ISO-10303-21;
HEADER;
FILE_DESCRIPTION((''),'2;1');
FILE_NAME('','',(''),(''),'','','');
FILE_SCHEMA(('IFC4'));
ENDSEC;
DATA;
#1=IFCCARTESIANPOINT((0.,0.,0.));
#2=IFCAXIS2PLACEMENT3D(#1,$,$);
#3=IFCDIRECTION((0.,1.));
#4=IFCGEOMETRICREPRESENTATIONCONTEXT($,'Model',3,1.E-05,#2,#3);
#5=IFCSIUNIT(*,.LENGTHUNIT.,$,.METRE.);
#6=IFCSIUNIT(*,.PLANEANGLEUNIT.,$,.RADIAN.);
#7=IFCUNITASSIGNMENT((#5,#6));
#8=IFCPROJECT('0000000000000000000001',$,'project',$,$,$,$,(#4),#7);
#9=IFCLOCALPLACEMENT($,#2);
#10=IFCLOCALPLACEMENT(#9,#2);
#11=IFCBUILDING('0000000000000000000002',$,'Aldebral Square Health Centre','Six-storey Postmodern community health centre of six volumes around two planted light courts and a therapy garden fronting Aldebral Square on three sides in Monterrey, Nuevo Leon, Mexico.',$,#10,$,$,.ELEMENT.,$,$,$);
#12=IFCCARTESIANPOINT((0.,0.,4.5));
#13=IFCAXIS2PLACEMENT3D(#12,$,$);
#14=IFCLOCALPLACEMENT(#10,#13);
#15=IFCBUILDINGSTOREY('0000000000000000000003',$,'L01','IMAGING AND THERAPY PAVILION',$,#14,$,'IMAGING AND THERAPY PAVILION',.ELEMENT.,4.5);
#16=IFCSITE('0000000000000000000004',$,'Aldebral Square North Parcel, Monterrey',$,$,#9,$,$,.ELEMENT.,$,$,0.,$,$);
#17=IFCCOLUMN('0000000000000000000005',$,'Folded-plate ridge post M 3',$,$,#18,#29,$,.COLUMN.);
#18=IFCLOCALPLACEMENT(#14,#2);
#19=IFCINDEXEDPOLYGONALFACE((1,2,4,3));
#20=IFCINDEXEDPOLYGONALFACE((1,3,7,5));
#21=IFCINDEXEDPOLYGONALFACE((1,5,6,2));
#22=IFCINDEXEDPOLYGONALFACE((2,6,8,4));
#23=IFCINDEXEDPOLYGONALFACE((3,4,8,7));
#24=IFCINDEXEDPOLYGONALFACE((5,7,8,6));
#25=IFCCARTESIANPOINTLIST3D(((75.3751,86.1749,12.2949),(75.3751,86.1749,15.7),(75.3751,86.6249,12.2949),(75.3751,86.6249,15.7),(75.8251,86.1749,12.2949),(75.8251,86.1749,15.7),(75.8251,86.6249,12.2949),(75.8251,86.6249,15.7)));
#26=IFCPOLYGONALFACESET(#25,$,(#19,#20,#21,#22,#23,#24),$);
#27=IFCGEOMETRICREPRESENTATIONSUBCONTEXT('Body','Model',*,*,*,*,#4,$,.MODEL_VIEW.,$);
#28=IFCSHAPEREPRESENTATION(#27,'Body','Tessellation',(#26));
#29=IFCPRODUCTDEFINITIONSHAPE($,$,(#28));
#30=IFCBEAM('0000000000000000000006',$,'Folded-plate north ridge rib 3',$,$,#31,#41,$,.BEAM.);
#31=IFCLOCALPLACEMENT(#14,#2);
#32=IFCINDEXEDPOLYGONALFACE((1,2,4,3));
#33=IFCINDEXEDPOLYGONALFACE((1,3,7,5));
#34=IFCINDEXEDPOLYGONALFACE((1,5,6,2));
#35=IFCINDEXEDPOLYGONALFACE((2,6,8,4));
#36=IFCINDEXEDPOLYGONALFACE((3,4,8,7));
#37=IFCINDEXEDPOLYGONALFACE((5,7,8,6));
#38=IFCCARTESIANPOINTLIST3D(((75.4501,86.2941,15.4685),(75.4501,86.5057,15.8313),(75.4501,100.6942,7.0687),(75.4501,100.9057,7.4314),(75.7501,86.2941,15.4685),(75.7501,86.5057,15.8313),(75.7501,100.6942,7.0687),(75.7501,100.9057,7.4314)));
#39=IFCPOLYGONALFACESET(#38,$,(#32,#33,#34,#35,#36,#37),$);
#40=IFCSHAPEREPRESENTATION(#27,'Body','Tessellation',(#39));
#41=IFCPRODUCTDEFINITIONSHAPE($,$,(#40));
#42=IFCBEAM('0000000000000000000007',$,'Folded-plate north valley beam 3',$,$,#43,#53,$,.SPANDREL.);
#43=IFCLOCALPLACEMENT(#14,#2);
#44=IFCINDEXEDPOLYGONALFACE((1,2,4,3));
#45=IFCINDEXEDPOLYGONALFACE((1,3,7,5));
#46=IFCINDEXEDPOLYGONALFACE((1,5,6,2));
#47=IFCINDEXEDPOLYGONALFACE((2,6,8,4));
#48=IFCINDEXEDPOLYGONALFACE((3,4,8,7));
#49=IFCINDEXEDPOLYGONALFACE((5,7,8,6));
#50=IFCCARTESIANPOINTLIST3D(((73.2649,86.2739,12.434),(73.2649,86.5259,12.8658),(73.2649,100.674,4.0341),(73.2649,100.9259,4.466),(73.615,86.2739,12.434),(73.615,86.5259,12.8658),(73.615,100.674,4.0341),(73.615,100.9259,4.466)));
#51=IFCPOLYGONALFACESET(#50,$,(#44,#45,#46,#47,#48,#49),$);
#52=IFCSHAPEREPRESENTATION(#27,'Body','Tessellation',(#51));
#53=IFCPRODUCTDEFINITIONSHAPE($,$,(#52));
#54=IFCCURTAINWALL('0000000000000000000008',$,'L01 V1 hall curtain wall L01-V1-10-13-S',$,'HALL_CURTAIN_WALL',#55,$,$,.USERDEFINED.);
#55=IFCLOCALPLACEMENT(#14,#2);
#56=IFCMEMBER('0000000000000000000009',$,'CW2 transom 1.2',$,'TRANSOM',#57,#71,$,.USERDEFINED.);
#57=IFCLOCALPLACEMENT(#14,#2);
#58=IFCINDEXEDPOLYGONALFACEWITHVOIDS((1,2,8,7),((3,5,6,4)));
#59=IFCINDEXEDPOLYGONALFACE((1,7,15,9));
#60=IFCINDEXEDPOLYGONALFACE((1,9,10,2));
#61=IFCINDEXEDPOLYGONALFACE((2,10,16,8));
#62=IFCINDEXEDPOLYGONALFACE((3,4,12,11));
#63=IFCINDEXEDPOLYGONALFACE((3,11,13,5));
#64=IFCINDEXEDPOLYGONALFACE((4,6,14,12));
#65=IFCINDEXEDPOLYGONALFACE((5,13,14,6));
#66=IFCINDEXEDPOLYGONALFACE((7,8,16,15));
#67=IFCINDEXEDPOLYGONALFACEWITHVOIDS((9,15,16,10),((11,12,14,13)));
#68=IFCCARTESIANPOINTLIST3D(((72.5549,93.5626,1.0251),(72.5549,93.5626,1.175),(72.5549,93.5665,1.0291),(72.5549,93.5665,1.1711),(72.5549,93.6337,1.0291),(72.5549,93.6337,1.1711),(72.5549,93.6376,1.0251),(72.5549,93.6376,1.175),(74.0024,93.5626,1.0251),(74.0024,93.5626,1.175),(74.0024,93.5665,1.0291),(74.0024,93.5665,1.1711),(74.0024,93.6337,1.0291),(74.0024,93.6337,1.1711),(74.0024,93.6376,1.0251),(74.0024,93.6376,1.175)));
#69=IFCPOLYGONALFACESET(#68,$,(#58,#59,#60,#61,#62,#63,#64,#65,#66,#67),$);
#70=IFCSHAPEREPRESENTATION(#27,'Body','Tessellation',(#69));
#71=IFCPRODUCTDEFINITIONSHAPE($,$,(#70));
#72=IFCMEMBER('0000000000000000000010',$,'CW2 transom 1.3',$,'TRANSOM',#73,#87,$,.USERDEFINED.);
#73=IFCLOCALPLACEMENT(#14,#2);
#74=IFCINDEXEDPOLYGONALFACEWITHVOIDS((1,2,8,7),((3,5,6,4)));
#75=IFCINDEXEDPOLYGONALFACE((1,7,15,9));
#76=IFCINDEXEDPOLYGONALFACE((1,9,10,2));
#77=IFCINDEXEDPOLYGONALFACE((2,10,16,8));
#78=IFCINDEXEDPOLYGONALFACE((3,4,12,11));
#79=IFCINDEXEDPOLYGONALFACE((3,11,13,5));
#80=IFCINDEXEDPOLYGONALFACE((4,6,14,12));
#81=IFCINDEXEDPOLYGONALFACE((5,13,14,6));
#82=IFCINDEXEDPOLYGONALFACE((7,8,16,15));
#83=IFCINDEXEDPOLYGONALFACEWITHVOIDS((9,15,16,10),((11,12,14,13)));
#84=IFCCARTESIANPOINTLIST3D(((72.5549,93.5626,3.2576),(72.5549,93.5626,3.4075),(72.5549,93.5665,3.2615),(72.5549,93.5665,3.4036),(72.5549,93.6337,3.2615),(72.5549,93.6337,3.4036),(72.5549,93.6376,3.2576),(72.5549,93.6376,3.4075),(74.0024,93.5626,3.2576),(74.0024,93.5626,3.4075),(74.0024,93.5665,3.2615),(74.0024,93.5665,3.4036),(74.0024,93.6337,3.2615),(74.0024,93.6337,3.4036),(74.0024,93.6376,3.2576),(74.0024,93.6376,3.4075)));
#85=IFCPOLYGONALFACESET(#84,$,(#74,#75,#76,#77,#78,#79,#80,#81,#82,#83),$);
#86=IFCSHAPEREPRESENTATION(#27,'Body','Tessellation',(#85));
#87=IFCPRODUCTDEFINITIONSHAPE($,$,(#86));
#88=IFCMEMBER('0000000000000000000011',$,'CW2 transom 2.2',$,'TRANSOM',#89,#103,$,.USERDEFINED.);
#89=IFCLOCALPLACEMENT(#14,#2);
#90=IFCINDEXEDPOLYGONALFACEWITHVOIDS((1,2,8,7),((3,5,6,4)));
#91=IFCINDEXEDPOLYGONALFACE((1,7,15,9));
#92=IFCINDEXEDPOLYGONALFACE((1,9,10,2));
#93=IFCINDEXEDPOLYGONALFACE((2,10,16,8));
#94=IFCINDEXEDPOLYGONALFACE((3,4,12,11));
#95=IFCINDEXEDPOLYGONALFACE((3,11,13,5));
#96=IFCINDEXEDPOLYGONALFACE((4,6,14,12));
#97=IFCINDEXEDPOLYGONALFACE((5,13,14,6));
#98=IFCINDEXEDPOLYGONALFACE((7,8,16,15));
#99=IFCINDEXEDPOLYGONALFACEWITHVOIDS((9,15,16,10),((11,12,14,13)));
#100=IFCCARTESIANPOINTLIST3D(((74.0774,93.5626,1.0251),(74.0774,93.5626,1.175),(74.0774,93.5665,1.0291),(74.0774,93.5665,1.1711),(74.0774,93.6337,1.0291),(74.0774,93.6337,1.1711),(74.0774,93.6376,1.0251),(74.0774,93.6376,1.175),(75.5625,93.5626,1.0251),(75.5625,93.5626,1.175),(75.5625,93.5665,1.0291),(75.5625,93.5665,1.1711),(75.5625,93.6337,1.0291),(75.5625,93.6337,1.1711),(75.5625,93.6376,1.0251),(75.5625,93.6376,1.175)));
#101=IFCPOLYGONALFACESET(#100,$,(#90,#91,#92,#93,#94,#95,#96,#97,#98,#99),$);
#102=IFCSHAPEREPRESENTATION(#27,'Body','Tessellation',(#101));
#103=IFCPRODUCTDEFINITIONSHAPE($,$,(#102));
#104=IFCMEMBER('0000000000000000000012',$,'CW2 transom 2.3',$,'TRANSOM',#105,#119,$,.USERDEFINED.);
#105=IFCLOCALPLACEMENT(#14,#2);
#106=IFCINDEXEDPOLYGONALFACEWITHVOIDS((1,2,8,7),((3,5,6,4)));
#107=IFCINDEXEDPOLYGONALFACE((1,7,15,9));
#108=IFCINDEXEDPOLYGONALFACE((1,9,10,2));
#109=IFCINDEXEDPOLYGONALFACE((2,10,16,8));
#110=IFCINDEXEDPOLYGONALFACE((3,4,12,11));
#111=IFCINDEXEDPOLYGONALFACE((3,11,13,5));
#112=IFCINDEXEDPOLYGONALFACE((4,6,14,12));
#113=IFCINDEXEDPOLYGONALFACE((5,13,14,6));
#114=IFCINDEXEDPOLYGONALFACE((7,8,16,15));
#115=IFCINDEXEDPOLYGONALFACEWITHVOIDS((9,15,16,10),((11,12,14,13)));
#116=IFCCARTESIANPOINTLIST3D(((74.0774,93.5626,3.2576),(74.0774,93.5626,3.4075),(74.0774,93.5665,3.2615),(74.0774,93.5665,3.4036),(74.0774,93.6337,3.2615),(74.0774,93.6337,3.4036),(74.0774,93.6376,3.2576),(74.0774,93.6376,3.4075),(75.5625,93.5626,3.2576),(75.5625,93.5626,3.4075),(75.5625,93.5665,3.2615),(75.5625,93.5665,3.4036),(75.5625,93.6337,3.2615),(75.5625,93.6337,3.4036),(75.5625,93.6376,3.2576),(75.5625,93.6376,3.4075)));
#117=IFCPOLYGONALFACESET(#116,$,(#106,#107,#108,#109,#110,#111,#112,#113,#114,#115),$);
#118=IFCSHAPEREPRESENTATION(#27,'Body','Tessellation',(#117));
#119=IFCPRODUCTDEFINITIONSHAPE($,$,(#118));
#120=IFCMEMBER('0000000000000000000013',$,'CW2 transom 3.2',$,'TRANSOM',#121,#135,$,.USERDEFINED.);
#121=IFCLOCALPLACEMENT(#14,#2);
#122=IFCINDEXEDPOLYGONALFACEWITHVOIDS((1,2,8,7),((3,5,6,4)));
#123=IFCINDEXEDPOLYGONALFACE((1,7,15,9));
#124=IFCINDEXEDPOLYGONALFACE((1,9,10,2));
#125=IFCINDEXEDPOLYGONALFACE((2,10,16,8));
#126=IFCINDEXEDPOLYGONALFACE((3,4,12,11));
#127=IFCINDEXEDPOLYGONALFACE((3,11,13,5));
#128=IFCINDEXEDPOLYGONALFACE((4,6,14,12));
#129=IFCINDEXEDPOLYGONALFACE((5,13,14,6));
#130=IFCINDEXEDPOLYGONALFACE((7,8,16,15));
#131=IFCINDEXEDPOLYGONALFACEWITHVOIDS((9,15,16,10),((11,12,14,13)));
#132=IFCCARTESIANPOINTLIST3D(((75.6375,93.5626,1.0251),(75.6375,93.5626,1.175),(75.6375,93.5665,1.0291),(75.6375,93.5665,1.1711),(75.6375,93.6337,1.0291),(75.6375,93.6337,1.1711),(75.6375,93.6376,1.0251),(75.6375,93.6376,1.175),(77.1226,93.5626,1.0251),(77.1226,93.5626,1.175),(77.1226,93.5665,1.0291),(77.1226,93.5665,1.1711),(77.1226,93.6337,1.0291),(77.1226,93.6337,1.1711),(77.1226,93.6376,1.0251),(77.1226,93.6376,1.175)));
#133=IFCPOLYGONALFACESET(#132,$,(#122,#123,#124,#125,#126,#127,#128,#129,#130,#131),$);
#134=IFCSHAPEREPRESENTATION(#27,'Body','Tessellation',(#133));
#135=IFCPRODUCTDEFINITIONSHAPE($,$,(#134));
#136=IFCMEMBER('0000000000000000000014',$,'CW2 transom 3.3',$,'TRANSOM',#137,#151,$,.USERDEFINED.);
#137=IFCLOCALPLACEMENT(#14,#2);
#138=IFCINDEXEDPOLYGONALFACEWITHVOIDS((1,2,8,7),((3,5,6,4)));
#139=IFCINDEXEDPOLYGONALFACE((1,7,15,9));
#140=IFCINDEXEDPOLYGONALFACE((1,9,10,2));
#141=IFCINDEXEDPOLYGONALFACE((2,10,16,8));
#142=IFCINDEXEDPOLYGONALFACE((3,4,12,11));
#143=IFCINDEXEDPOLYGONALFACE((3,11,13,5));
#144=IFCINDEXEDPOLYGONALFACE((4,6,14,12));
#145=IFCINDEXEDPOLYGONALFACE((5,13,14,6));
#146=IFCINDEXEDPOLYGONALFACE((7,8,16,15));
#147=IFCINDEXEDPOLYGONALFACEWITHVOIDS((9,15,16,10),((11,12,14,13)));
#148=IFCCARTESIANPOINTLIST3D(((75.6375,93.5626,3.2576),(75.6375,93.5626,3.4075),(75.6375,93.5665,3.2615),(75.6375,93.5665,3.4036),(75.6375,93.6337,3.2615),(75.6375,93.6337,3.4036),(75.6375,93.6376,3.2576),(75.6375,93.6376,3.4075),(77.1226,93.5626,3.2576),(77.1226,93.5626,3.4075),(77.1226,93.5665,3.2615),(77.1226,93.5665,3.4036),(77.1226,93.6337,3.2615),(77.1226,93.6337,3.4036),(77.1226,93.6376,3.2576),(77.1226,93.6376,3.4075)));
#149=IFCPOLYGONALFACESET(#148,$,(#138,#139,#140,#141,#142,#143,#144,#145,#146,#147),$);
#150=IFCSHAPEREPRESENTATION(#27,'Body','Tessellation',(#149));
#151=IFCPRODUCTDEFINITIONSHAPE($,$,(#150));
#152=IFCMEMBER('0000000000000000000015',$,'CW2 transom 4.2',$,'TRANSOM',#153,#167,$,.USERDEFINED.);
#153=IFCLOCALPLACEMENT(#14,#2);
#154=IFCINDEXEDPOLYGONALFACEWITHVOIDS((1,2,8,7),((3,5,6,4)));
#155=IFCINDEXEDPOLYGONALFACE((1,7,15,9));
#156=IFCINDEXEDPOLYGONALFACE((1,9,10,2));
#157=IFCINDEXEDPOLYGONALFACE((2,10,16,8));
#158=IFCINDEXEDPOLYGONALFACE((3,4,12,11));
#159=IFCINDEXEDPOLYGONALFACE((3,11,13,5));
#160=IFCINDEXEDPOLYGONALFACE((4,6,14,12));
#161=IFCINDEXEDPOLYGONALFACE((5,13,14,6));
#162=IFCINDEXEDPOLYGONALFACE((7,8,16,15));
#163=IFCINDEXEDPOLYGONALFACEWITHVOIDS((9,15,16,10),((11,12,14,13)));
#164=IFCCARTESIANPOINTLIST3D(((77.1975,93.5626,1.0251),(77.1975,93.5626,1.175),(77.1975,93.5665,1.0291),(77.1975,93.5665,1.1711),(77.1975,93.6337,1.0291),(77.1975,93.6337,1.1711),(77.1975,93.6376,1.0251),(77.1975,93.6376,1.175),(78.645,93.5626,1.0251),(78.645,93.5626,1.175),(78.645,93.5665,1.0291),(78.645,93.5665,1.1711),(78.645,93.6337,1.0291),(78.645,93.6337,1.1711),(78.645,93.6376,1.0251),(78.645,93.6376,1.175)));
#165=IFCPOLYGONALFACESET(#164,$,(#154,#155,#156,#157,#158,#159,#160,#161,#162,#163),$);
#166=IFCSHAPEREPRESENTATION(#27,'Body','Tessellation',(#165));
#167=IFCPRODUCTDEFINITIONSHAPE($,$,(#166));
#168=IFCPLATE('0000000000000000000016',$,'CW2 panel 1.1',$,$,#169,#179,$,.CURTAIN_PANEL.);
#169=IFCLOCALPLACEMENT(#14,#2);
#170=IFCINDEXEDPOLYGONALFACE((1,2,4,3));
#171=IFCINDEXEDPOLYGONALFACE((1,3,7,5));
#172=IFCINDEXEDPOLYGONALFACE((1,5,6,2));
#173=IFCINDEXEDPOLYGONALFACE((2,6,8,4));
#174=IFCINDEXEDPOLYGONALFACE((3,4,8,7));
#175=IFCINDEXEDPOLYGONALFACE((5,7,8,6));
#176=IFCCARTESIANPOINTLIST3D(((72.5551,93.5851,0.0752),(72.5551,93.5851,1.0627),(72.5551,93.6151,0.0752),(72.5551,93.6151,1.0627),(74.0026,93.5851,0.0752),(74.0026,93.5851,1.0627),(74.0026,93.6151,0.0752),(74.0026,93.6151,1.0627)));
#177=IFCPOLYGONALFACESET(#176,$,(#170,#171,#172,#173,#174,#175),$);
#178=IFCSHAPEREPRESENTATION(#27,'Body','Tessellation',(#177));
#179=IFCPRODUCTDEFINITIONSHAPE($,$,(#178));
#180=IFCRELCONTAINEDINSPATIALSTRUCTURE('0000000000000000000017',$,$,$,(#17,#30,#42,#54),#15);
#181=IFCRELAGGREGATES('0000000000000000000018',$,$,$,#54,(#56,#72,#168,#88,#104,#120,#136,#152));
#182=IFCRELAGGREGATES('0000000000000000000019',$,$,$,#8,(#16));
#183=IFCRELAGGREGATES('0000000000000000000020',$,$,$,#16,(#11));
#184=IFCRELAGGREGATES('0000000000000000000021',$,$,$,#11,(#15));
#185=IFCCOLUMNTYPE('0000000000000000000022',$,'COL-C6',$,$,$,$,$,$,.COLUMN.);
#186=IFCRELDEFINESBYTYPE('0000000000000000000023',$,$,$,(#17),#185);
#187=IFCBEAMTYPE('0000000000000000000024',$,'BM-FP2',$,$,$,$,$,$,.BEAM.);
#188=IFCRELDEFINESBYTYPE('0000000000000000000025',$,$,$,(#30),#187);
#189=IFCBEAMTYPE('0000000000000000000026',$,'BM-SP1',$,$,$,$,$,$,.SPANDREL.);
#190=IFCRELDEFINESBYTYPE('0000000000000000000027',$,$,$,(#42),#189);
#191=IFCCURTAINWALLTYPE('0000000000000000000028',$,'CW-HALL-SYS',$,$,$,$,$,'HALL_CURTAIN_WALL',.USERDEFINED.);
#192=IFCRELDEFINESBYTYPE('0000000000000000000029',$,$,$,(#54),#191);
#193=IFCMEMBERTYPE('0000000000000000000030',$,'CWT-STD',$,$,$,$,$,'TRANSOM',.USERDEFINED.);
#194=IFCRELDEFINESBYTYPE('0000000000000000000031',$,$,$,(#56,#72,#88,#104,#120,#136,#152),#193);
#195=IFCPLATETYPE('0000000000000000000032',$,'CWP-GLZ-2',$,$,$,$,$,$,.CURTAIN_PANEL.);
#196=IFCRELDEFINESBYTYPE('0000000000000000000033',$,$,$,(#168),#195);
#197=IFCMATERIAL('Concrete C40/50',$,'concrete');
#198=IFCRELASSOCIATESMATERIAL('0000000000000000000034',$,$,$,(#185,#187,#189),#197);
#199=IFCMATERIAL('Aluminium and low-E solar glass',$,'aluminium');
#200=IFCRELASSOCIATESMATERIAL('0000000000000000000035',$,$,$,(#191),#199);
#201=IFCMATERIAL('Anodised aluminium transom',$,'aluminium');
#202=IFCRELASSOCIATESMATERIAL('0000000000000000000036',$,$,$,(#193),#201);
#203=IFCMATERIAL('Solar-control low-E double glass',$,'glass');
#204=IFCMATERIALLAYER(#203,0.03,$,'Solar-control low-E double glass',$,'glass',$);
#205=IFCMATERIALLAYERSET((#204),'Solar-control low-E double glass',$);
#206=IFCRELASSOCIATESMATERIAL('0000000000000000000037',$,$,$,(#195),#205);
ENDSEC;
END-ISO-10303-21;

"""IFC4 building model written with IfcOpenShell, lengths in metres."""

from ifc_helpers import new_model, si_unit, direction, frame, origin, origin_2d, place, context, subcontext, project, spatial, rectangle, hollow_rectangle, extrude, material, layer, layer_set, material_profile, profile_set, type_object, element, aggregate, save


model = new_model("IFC4")

# Units and contexts
model_context = context("Model", 3, precision=1e-05, world=origin(), true_north=direction((0.0, 1.0)))
body_context = subcontext(model_context, "Body", "Model", "MODEL_VIEW")
ifc_project = project(units=[si_unit("LENGTHUNIT", "METRE"), si_unit("PLANEANGLEUNIT", "RADIAN")], contexts=[model_context])

# Site, building, storey
site_placement = place(None, origin())
site = spatial("IfcSite", under=ifc_project, at=site_placement, Name="Aldebral Square North Parcel, Monterrey", CompositionType="ELEMENT", RefElevation=0.0)
building_placement = place(site_placement, origin())
building = spatial("IfcBuilding", under=site, at=building_placement, Name="Aldebral Square Health Centre", Description="Six-storey Postmodern community health centre of six volumes around two planted light courts and a therapy garden fronting Aldebral Square on three sides in Monterrey, Nuevo Leon, Mexico.", CompositionType="ELEMENT")
storey_placement = place(building_placement, frame((0.0, 0.0, 4.5)))
storey = spatial("IfcBuildingStorey", under=building, at=storey_placement, Name="L01", Description="IMAGING AND THERAPY PAVILION", LongName="IMAGING AND THERAPY PAVILION", CompositionType="ELEMENT", Elevation=4.5)

# Column
ifc_material_1 = material(Name="Concrete C40/50", Category="concrete")
ifc_material_profile_1 = material_profile(ifc_material_1, rectangle(XDim=0.45, YDim=0.45, at=origin_2d()), Name="RC 450x450")
ifc_profile_set_1 = profile_set([ifc_material_profile_1], Name="Concrete C40/50")
column_type = type_object("IfcColumnType", Name="COL-C6", PredefinedType="COLUMN", material=ifc_profile_set_1)
column_placement = place(storey_placement, frame((75.6001, 86.3999, 12.2949), z_axis=(0.0, 0.0, 1.0), x_axis=(1.0, 0.0, 0.0)))
element("IfcColumn", 1, at=column_placement, inside=storey, type_object=column_type, Name="Folded-plate ridge post M 3", PredefinedType="COLUMN", context=body_context, shape_type="SweptSolid", body=[
    extrude(rectangle(XDim=0.45, YDim=0.45, at=origin_2d()), origin(), (0.0, 0.0, 1.0), 3.405),
])

# Beams
ifc_material_profile_2 = material_profile(ifc_material_1, rectangle(XDim=0.3, YDim=0.4199, at=origin_2d()), Name="RC 300x420")
ifc_profile_set_2 = profile_set([ifc_material_profile_2], Name="Concrete C40/50")
beam_type_1 = type_object("IfcBeamType", Name="BM-FP2", PredefinedType="BEAM", material=ifc_profile_set_2)
beam_1_placement = place(storey_placement, frame((75.6001, 86.3999, 15.6499), z_axis=(0.0, 0.863784, -0.503863), x_axis=(-1.0, 0.0, 0.0)))
element("IfcBeam", 2, at=beam_1_placement, inside=storey, type_object=beam_type_1, Name="Folded-plate north ridge rib 3", PredefinedType="BEAM", context=body_context, shape_type="SweptSolid", body=[
    extrude(rectangle(XDim=0.3, YDim=0.4199, at=origin_2d()), origin(), (0.0, 0.0, 1.0), 16.6709),
])
ifc_material_profile_3 = material_profile(ifc_material_1, rectangle(XDim=0.3501, YDim=0.5, at=origin_2d()), Name="RC 350x500")
ifc_profile_set_3 = profile_set([ifc_material_profile_3], Name="Concrete C40/50")
beam_type_2 = type_object("IfcBeamType", Name="BM-SP1", PredefinedType="SPANDREL", material=ifc_profile_set_3)
beam_2_placement = place(storey_placement, frame((73.4399, 86.3999, 12.6499), z_axis=(0.0, 0.863784, -0.503863), x_axis=(-1.0, 0.0, 0.0)))
element("IfcBeam", 3, at=beam_2_placement, inside=storey, type_object=beam_type_2, Name="Folded-plate north valley beam 3", PredefinedType="SPANDREL", context=body_context, shape_type="SweptSolid", body=[
    extrude(rectangle(XDim=0.3501, YDim=0.5, at=origin_2d()), origin(), (0.0, 0.0, 1.0), 16.6709),
])

# Curtain wall, members, plate
ifc_material_2 = material(Name="Aluminium and low-E solar glass", Category="aluminium")
curtain_wall_type = type_object("IfcCurtainWallType", Name="CW-HALL-SYS", ElementType="HALL_CURTAIN_WALL", PredefinedType="USERDEFINED", material=ifc_material_2)
curtain_wall_placement = place(storey_placement, origin())
curtain_wall = element("IfcCurtainWall", 4, at=curtain_wall_placement, inside=storey, type_object=curtain_wall_type, Name="L01 V1 hall curtain wall L01-V1-10-13-S", ObjectType="HALL_CURTAIN_WALL", PredefinedType="USERDEFINED")
ifc_material_3 = material(Name="Anodised aluminium transom", Category="aluminium")
ifc_material_profile_4 = material_profile(ifc_material_3, hollow_rectangle(XDim=0.075, YDim=0.1499, WallThickness=0.0039, at=origin_2d()), Name="CWT 75x150x4")
ifc_profile_set_4 = profile_set([ifc_material_profile_4], Name="Anodised aluminium transom")
member_type = type_object("IfcMemberType", Name="CWT-STD", ElementType="TRANSOM", PredefinedType="USERDEFINED", material=ifc_profile_set_4)
member_1_placement = place(storey_placement, frame((72.5549, 93.6001, 1.1001), z_axis=(1.0, 0.0, 0.0), x_axis=(0.0, 1.0, 0.0)))
member_1 = element("IfcMember", 5, at=member_1_placement, type_object=member_type, Name="CW2 transom 1.2", ObjectType="TRANSOM", PredefinedType="USERDEFINED", context=body_context, shape_type="SweptSolid", body=[
    extrude(hollow_rectangle(XDim=0.075, YDim=0.1499, WallThickness=0.0039, at=origin_2d()), origin(), (0.0, 0.0, 1.0), 1.4475),
])
member_2_placement = place(storey_placement, frame((72.5549, 93.6001, 3.3325), z_axis=(1.0, 0.0, 0.0), x_axis=(0.0, 1.0, 0.0)))
member_2 = element("IfcMember", 6, at=member_2_placement, type_object=member_type, Name="CW2 transom 1.3", ObjectType="TRANSOM", PredefinedType="USERDEFINED", context=body_context, shape_type="SweptSolid", body=[
    extrude(hollow_rectangle(XDim=0.075, YDim=0.1499, WallThickness=0.0039, at=origin_2d()), origin(), (0.0, 0.0, 1.0), 1.4475),
])
member_3_placement = place(storey_placement, frame((74.0774, 93.6001, 1.1001), z_axis=(1.0, 0.0, 0.0), x_axis=(0.0, 1.0, 0.0)))
member_3 = element("IfcMember", 7, at=member_3_placement, type_object=member_type, Name="CW2 transom 2.2", ObjectType="TRANSOM", PredefinedType="USERDEFINED", context=body_context, shape_type="SweptSolid", body=[
    extrude(hollow_rectangle(XDim=0.075, YDim=0.1499, WallThickness=0.0039, at=origin_2d()), origin(), (0.0, 0.0, 1.0), 1.4851),
])
member_4_placement = place(storey_placement, frame((74.0774, 93.6001, 3.3325), z_axis=(1.0, 0.0, 0.0), x_axis=(0.0, 1.0, 0.0)))
member_4 = element("IfcMember", 8, at=member_4_placement, type_object=member_type, Name="CW2 transom 2.3", ObjectType="TRANSOM", PredefinedType="USERDEFINED", context=body_context, shape_type="SweptSolid", body=[
    extrude(hollow_rectangle(XDim=0.075, YDim=0.1499, WallThickness=0.0039, at=origin_2d()), origin(), (0.0, 0.0, 1.0), 1.4851),
])
member_5_placement = place(storey_placement, frame((75.6375, 93.6001, 1.1001), z_axis=(1.0, 0.0, 0.0), x_axis=(0.0, 1.0, 0.0)))
member_5 = element("IfcMember", 9, at=member_5_placement, type_object=member_type, Name="CW2 transom 3.2", ObjectType="TRANSOM", PredefinedType="USERDEFINED", context=body_context, shape_type="SweptSolid", body=[
    extrude(hollow_rectangle(XDim=0.075, YDim=0.1499, WallThickness=0.0039, at=origin_2d()), origin(), (0.0, 0.0, 1.0), 1.4851),
])
member_6_placement = place(storey_placement, frame((75.6375, 93.6001, 3.3325), z_axis=(1.0, 0.0, 0.0), x_axis=(0.0, 1.0, 0.0)))
member_6 = element("IfcMember", 10, at=member_6_placement, type_object=member_type, Name="CW2 transom 3.3", ObjectType="TRANSOM", PredefinedType="USERDEFINED", context=body_context, shape_type="SweptSolid", body=[
    extrude(hollow_rectangle(XDim=0.075, YDim=0.1499, WallThickness=0.0039, at=origin_2d()), origin(), (0.0, 0.0, 1.0), 1.4851),
])
member_7_placement = place(storey_placement, frame((77.1975, 93.6001, 1.1001), z_axis=(1.0, 0.0, 0.0), x_axis=(0.0, 1.0, 0.0)))
member_7 = element("IfcMember", 11, at=member_7_placement, type_object=member_type, Name="CW2 transom 4.2", ObjectType="TRANSOM", PredefinedType="USERDEFINED", context=body_context, shape_type="SweptSolid", body=[
    extrude(hollow_rectangle(XDim=0.075, YDim=0.1499, WallThickness=0.0039, at=origin_2d()), origin(), (0.0, 0.0, 1.0), 1.4475),
])
ifc_material_4 = material(Name="Solar-control low-E double glass", Category="glass")
ifc_layer = layer(ifc_material_4, 0.03, Name="Solar-control low-E double glass", Category="glass")
ifc_layer_set = layer_set([ifc_layer], Name="Solar-control low-E double glass")
plate_type = type_object("IfcPlateType", Name="CWP-GLZ-2", PredefinedType="CURTAIN_PANEL", material=ifc_layer_set)
plate_1_placement = place(storey_placement, frame((73.2788, 93.6001, 0.0752), z_axis=(0.0, 0.0, 1.0), x_axis=(1.0, 0.0, 0.0)))
plate_1 = element("IfcPlate", 12, at=plate_1_placement, type_object=plate_type, Name="CW2 panel 1.1", PredefinedType="CURTAIN_PANEL", context=body_context, shape_type="SweptSolid", body=[
    extrude(rectangle(XDim=1.4475, YDim=0.03, at=origin_2d()), origin(), (0.0, 0.0, 1.0), 0.9875),
])
aggregate(curtain_wall, [member_1, member_2, plate_1, member_3, member_4, member_5, member_6, member_7])

save(model, "model.ifc")
